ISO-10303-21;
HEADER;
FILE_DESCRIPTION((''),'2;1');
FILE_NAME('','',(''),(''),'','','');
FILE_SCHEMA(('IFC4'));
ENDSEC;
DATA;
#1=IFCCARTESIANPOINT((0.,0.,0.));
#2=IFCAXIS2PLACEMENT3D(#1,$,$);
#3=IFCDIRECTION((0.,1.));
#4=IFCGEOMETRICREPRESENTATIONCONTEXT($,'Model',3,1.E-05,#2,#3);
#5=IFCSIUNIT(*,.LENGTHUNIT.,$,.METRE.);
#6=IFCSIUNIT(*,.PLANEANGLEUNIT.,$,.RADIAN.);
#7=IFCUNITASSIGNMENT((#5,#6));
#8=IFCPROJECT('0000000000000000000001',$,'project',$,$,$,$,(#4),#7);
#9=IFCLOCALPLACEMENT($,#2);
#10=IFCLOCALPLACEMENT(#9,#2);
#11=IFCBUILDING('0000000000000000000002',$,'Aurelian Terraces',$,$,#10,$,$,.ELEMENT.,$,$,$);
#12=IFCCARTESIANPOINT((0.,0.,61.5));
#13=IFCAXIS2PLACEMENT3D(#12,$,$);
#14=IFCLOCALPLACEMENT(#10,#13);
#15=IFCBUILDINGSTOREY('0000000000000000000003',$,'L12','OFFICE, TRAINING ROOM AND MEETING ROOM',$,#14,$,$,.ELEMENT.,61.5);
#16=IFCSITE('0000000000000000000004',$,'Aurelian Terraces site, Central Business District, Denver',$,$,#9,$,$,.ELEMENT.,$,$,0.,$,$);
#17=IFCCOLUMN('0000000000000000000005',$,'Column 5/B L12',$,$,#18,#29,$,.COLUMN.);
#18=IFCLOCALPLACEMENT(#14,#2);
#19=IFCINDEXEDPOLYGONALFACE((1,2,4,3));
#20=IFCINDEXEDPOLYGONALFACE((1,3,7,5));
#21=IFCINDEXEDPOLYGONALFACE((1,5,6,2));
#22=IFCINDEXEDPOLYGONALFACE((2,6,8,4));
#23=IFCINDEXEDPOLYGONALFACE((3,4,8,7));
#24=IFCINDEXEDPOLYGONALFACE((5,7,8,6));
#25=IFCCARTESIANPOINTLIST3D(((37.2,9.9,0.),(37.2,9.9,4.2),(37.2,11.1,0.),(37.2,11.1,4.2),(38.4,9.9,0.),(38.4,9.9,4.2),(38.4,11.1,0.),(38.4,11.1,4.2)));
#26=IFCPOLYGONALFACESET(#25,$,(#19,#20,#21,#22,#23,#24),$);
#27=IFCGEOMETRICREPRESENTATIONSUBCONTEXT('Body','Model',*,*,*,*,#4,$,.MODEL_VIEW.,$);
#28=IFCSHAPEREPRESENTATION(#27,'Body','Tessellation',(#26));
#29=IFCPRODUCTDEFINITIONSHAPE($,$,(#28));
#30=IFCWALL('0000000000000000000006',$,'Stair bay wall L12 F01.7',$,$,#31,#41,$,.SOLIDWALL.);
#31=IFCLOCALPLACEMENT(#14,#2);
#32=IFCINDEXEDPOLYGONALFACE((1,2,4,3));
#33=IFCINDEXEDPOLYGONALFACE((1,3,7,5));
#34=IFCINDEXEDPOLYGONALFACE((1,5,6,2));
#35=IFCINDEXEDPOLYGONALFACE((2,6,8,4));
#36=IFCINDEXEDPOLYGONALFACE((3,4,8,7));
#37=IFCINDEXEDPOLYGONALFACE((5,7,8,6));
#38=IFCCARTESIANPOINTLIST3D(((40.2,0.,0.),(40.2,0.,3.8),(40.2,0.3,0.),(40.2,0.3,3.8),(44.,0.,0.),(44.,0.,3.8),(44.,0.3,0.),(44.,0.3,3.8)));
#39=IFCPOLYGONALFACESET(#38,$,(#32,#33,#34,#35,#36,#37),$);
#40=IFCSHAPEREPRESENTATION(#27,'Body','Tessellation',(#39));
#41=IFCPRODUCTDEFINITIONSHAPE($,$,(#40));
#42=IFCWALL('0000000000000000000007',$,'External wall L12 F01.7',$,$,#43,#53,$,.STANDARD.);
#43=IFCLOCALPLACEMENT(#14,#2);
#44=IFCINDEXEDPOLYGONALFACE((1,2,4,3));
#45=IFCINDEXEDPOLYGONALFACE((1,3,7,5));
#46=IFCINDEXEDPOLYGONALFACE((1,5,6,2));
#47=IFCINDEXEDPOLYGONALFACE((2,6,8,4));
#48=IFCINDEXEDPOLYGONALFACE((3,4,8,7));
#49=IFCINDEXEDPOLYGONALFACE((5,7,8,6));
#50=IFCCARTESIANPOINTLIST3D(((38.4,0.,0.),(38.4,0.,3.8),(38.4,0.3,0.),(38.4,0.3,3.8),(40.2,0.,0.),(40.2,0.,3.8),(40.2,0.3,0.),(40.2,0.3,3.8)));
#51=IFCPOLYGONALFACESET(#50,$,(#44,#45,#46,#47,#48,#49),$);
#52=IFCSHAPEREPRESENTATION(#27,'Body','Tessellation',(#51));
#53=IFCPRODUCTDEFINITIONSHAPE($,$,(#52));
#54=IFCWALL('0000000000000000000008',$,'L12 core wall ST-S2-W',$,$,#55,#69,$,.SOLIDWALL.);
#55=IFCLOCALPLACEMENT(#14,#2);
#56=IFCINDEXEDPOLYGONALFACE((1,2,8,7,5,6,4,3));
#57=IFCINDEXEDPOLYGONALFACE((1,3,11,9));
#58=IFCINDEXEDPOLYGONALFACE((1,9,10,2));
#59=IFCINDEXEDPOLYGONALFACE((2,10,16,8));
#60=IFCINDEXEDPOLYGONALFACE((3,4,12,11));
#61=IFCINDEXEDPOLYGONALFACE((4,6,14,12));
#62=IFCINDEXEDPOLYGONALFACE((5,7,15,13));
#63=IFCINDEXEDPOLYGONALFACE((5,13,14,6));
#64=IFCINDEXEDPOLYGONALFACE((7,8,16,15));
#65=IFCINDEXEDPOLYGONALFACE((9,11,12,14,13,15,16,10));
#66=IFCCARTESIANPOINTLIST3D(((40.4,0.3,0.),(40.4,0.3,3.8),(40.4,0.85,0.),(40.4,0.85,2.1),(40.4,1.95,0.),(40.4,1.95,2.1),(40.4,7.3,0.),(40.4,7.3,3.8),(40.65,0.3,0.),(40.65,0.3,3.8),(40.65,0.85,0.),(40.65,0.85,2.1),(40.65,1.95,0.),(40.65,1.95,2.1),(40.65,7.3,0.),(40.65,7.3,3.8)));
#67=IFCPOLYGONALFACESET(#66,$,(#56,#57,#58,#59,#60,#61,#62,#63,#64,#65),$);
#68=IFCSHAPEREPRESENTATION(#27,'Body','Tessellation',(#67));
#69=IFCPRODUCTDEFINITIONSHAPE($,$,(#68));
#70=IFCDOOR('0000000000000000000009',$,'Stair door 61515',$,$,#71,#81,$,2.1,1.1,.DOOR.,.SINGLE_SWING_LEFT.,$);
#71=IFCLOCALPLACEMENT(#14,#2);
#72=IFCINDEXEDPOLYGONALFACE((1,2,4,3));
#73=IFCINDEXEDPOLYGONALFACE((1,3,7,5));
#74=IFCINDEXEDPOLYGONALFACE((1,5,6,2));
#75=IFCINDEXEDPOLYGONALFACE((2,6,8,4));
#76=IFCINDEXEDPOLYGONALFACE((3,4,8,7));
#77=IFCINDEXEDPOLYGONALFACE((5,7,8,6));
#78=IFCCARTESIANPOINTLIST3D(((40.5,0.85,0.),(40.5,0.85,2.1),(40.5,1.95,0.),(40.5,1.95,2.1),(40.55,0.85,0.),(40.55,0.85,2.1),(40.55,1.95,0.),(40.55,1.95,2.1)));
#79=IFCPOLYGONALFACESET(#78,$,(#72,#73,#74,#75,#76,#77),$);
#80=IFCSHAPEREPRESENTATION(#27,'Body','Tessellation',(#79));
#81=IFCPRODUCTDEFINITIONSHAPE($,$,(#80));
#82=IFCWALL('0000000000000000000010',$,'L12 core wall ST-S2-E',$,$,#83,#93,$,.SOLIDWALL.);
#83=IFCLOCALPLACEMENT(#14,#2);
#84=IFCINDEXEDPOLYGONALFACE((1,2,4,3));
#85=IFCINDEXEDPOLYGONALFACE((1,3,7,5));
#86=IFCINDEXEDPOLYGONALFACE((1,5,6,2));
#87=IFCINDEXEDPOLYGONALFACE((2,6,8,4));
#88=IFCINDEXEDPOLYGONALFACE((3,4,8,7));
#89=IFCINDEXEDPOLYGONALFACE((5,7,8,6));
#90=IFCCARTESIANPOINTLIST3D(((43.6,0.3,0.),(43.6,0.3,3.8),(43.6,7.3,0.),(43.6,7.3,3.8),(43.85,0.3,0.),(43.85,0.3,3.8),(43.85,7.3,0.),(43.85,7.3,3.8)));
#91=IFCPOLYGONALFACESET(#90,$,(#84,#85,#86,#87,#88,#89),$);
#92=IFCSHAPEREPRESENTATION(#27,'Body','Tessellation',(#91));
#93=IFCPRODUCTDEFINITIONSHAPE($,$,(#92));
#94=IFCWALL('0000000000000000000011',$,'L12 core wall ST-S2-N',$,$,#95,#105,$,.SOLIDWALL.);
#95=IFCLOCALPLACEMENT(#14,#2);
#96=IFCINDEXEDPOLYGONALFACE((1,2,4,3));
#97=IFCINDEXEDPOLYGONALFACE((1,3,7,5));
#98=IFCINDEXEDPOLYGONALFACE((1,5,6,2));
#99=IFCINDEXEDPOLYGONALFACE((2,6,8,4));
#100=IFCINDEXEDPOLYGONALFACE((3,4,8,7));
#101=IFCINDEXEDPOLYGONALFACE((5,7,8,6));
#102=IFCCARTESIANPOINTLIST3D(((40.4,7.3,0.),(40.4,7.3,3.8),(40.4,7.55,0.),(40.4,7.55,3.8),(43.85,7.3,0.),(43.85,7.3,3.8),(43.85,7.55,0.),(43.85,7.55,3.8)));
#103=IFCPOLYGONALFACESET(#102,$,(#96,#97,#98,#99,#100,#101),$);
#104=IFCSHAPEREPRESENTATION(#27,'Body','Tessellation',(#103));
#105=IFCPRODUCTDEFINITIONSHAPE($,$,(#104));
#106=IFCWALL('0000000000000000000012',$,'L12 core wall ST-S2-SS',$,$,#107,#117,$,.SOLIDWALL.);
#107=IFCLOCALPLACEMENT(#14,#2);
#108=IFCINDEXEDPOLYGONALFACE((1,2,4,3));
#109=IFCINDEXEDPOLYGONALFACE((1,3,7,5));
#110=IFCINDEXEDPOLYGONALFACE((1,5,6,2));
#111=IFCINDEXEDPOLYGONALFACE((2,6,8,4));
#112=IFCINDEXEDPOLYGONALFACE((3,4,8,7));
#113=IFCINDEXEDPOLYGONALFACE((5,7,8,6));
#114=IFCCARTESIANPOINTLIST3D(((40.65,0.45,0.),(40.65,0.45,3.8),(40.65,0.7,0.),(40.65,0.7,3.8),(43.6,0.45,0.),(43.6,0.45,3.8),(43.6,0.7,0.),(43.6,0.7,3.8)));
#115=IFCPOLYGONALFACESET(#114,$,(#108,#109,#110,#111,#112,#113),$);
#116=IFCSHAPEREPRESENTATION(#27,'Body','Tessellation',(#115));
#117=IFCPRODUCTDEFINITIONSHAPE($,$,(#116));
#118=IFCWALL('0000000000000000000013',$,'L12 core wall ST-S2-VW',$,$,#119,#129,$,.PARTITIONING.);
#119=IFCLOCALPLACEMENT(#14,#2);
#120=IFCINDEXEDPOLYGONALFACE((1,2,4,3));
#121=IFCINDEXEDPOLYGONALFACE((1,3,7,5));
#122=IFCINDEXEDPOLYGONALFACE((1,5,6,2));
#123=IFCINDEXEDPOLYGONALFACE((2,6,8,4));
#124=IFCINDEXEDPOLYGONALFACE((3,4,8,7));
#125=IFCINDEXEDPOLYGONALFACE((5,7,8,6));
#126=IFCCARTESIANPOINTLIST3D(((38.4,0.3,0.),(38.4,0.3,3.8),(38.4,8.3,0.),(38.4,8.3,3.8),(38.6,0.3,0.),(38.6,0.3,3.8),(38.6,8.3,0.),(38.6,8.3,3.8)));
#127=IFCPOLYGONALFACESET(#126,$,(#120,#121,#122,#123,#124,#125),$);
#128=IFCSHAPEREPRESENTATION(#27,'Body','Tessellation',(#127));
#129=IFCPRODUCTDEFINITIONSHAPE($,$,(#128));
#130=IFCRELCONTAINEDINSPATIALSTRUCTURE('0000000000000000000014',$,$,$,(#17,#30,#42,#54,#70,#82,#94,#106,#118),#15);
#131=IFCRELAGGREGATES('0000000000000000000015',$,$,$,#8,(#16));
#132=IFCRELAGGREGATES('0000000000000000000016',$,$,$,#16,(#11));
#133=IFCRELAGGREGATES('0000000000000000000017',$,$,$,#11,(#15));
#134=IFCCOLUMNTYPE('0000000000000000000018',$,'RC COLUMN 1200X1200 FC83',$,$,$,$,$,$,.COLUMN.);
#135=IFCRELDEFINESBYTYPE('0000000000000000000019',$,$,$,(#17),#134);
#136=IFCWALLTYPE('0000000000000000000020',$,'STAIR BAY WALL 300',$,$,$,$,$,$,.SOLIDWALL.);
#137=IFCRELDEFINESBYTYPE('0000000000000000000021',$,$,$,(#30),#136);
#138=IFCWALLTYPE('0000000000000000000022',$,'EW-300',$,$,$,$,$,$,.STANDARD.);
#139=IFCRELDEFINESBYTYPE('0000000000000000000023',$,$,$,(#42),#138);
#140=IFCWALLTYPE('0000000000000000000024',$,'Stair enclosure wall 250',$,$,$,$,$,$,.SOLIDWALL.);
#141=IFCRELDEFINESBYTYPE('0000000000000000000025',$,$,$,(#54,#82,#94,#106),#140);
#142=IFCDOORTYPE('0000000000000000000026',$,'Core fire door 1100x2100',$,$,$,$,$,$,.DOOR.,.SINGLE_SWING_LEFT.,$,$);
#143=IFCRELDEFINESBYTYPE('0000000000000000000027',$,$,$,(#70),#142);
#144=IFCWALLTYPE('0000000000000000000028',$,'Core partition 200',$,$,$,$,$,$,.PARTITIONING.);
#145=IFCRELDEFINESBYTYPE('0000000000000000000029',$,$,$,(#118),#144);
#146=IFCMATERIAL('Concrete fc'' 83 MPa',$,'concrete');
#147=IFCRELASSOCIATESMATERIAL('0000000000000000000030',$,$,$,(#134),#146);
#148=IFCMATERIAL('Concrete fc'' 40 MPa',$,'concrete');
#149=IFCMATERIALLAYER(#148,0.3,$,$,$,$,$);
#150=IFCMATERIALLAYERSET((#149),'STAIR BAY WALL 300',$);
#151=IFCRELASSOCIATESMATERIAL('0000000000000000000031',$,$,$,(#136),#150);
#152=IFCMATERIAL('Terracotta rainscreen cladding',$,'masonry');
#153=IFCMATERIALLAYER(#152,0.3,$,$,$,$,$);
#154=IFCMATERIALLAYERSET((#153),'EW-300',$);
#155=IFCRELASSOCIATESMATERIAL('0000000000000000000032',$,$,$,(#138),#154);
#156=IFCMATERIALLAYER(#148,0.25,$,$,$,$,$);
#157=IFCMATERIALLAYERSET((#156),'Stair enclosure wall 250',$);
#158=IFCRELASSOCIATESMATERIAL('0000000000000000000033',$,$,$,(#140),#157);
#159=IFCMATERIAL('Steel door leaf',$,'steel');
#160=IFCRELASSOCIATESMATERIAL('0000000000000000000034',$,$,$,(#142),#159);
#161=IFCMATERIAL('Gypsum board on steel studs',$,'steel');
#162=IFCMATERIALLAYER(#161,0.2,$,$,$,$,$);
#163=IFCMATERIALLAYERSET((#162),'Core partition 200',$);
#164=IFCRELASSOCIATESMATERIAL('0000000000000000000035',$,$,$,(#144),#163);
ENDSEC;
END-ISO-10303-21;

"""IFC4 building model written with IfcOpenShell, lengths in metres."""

from ifc_helpers import new_model, si_unit, direction, frame, frame_2d, origin, origin_2d, place, context, subcontext, project, spatial, rectangle, extrude, source, transform, mapped, material, layer, layer_set, material_profile, profile_set, type_object, element, fill, save


model = new_model("IFC4")

# Units and contexts
model_context = context("Model", 3, precision=1e-05, world=origin(), true_north=direction((0.0, 1.0)))
body_context = subcontext(model_context, "Body", "Model", "MODEL_VIEW")
ifc_project = project(units=[si_unit("LENGTHUNIT", "METRE"), si_unit("PLANEANGLEUNIT", "RADIAN")], contexts=[model_context])

# Site, building, storey
site_placement = place(None, origin())
site = spatial("IfcSite", under=ifc_project, at=site_placement, Name="Aurelian Terraces site, Central Business District, Denver", CompositionType="ELEMENT", RefElevation=0.0)
building_placement = place(site_placement, origin())
building = spatial("IfcBuilding", under=site, at=building_placement, Name="Aurelian Terraces", CompositionType="ELEMENT")
storey_placement = place(building_placement, frame((0.0, 0.0, 61.5)))
storey = spatial("IfcBuildingStorey", under=building, at=storey_placement, Name="L12", Description="OFFICE, TRAINING ROOM AND MEETING ROOM", CompositionType="ELEMENT", Elevation=61.5)

# Column
ifc_material_1 = material(Name="Concrete fc' 83 MPa", Category="concrete")
ifc_material_profile = material_profile(ifc_material_1, rectangle(XDim=1.2, YDim=1.2, at=origin_2d()))
ifc_profile_set = profile_set([ifc_material_profile], Name="Concrete fc' 83 MPa")
column_type = type_object("IfcColumnType", Name="RC COLUMN 1200X1200 FC83", PredefinedType="COLUMN", material=ifc_profile_set)
shared_shape_1 = source(origin(), body_context, "Body", "SweptSolid", [
    extrude(rectangle(XDim=1.2, YDim=1.2, at=origin_2d()), origin(), (0.0, 0.0, 1.0), 4.2),
])
column_placement = place(storey_placement, frame((37.8, 10.5, 0.0), z_axis=(0.0, 0.0, 1.0), x_axis=(1.0, 0.0, 0.0)))
element("IfcColumn", 1, at=column_placement, inside=storey, type_object=column_type, Name="Column 5/B L12", PredefinedType="COLUMN", context=body_context, shape_type="MappedRepresentation", body=[
    mapped(shared_shape_1, transform((0.0, 0.0, 0.0), scale=1.0)),
])

# Walls
ifc_material_2 = material(Name="Concrete fc' 40 MPa", Category="concrete")
ifc_layer_1 = layer(ifc_material_2, 0.3)
ifc_layer_set_1 = layer_set([ifc_layer_1], Name="STAIR BAY WALL 300")
wall_type_1 = type_object("IfcWallType", Name="STAIR BAY WALL 300", PredefinedType="SOLIDWALL", material=ifc_layer_set_1)
shared_shape_2 = source(origin(), body_context, "Body", "SweptSolid", [
    extrude(rectangle(XDim=3.8, YDim=0.3, at=frame_2d((1.9, 0.0))), origin(), (0.0, 0.0, 1.0), 3.8),
])
wall_1_placement = place(storey_placement, frame((40.2, 0.15, 0.0), z_axis=(0.0, 0.0, 1.0), x_axis=(1.0, 0.0, 0.0)))
element("IfcWall", 2, at=wall_1_placement, inside=storey, type_object=wall_type_1, Name="Stair bay wall L12 F01.7", PredefinedType="SOLIDWALL", context=body_context, shape_type="MappedRepresentation", body=[
    mapped(shared_shape_2, transform((0.0, 0.0, 0.0), scale=1.0)),
])
ifc_material_3 = material(Name="Terracotta rainscreen cladding", Category="masonry")
ifc_layer_2 = layer(ifc_material_3, 0.3)
ifc_layer_set_2 = layer_set([ifc_layer_2], Name="EW-300")
wall_type_2 = type_object("IfcWallType", Name="EW-300", PredefinedType="STANDARD", material=ifc_layer_set_2)
shared_shape_3 = source(origin(), body_context, "Body", "SweptSolid", [
    extrude(rectangle(XDim=1.8, YDim=0.3, at=frame_2d((0.9, 0.0))), origin(), (0.0, 0.0, 1.0), 3.8),
])
wall_2_placement = place(storey_placement, frame((38.4, 0.15, 0.0), z_axis=(0.0, 0.0, 1.0), x_axis=(1.0, 0.0, 0.0)))
element("IfcWall", 3, at=wall_2_placement, inside=storey, type_object=wall_type_2, Name="External wall L12 F01.7", PredefinedType="STANDARD", context=body_context, shape_type="MappedRepresentation", body=[
    mapped(shared_shape_3, transform((0.0, 0.0, 0.0), scale=1.0)),
])

# Wall, opening, door
ifc_layer_3 = layer(ifc_material_2, 0.25)
ifc_layer_set_3 = layer_set([ifc_layer_3], Name="Stair enclosure wall 250")
wall_type_3 = type_object("IfcWallType", Name="Stair enclosure wall 250", PredefinedType="SOLIDWALL", material=ifc_layer_set_3)
shared_shape_4 = source(origin(), body_context, "Body", "SweptSolid", [
    extrude(rectangle(XDim=7.0, YDim=0.25, at=frame_2d((3.5, 0.0))), origin(), (0.0, 0.0, 1.0), 3.8),
])
wall_3_placement = place(storey_placement, frame((40.525, 0.3, 0.0), z_axis=(0.0, 0.0, 1.0), x_axis=(0.0, 1.0, 0.0)))
wall_3 = element("IfcWall", 4, at=wall_3_placement, inside=storey, type_object=wall_type_3, Name="L12 core wall ST-S2-W", PredefinedType="SOLIDWALL", context=body_context, shape_type="MappedRepresentation", body=[
    mapped(shared_shape_4, transform((0.0, 0.0, 0.0), scale=1.0)),
])
shared_shape_5 = source(origin(), body_context, "Body", "SweptSolid", [
    extrude(rectangle(XDim=1.1, YDim=2.1, at=frame_2d((0.55, 1.05))), frame((0.0, 0.135, 0.0), z_axis=(0.0, -1.0, 0.0), x_axis=(1.0, 0.0, 0.0)), (0.0, 0.0, 1.0), 0.27),
])
opening_1_placement = place(wall_3_placement, frame((0.55, 0.0, 0.0)))
opening_1 = element("IfcOpeningElement", 5, at=opening_1_placement, cuts=wall_3, PredefinedType="OPENING", context=body_context, shape_type="MappedRepresentation", body=[
    mapped(shared_shape_5, transform((0.0, 0.0, 0.0), scale=1.0)),
])
ifc_material_4 = material(Name="Steel door leaf", Category="steel")
door_type_1 = type_object("IfcDoorType", Name="Core fire door 1100x2100", OperationType="SINGLE_SWING_LEFT", PredefinedType="DOOR", material=ifc_material_4)
shared_shape_6 = source(origin(), body_context, "Body", "SweptSolid", [
    extrude(rectangle(XDim=1.1, YDim=2.1, at=frame_2d((0.55, 1.05))), frame((0.0, 0.025, 0.0), z_axis=(0.0, -1.0, 0.0), x_axis=(1.0, 0.0, 0.0)), (0.0, 0.0, 1.0), 0.05),
])
door_1_placement = place(opening_1_placement, origin())
door_1 = element("IfcDoor", 6, at=door_1_placement, inside=storey, type_object=door_type_1, Name="Stair door 61515", OperationType="SINGLE_SWING_LEFT", OverallHeight=2.1, OverallWidth=1.1, PredefinedType="DOOR", context=body_context, shape_type="MappedRepresentation", body=[
    mapped(shared_shape_6, transform((0.0, 0.0, 0.0), scale=1.0)),
])
fill(opening_1, door_1)

# Walls
wall_4_placement = place(storey_placement, frame((43.725, 0.3, 0.0), z_axis=(0.0, 0.0, 1.0), x_axis=(0.0, 1.0, 0.0)))
element("IfcWall", 7, at=wall_4_placement, inside=storey, type_object=wall_type_3, Name="L12 core wall ST-S2-E", PredefinedType="SOLIDWALL", context=body_context, shape_type="MappedRepresentation", body=[
    mapped(shared_shape_4, transform((0.0, 0.0, 0.0), scale=1.0)),
])
shared_shape_7 = source(origin(), body_context, "Body", "SweptSolid", [
    extrude(rectangle(XDim=3.45, YDim=0.25, at=frame_2d((1.725, 0.0))), origin(), (0.0, 0.0, 1.0), 3.8),
])
wall_5_placement = place(storey_placement, frame((40.4, 7.425, 0.0), z_axis=(0.0, 0.0, 1.0), x_axis=(1.0, 0.0, 0.0)))
element("IfcWall", 8, at=wall_5_placement, inside=storey, type_object=wall_type_3, Name="L12 core wall ST-S2-N", PredefinedType="SOLIDWALL", context=body_context, shape_type="MappedRepresentation", body=[
    mapped(shared_shape_7, transform((0.0, 0.0, 0.0), scale=1.0)),
])
shared_shape_8 = source(origin(), body_context, "Body", "SweptSolid", [
    extrude(rectangle(XDim=2.95, YDim=0.25, at=frame_2d((1.475, 0.0))), origin(), (0.0, 0.0, 1.0), 3.8),
])
wall_6_placement = place(storey_placement, frame((40.65, 0.575, 0.0), z_axis=(0.0, 0.0, 1.0), x_axis=(1.0, 0.0, 0.0)))
element("IfcWall", 9, at=wall_6_placement, inside=storey, type_object=wall_type_3, Name="L12 core wall ST-S2-SS", PredefinedType="SOLIDWALL", context=body_context, shape_type="MappedRepresentation", body=[
    mapped(shared_shape_8, transform((0.0, 0.0, 0.0), scale=1.0)),
])
ifc_material_5 = material(Name="Gypsum board on steel studs", Category="steel")
ifc_layer_4 = layer(ifc_material_5, 0.2)
ifc_layer_set_4 = layer_set([ifc_layer_4], Name="Core partition 200")
wall_type_4 = type_object("IfcWallType", Name="Core partition 200", PredefinedType="PARTITIONING", material=ifc_layer_set_4)
shared_shape_9 = source(origin(), body_context, "Body", "SweptSolid", [
    extrude(rectangle(XDim=8.0, YDim=0.2, at=frame_2d((4.0, 0.0))), origin(), (0.0, 0.0, 1.0), 3.8),
])
wall_7_placement = place(storey_placement, frame((38.5, 0.3, 0.0), z_axis=(0.0, 0.0, 1.0), x_axis=(0.0, 1.0, 0.0)))
element("IfcWall", 10, at=wall_7_placement, inside=storey, type_object=wall_type_4, Name="L12 core wall ST-S2-VW", PredefinedType="PARTITIONING", context=body_context, shape_type="MappedRepresentation", body=[
    mapped(shared_shape_9, transform((0.0, 0.0, 0.0), scale=1.0)),
])

save(model, "model.ifc")
